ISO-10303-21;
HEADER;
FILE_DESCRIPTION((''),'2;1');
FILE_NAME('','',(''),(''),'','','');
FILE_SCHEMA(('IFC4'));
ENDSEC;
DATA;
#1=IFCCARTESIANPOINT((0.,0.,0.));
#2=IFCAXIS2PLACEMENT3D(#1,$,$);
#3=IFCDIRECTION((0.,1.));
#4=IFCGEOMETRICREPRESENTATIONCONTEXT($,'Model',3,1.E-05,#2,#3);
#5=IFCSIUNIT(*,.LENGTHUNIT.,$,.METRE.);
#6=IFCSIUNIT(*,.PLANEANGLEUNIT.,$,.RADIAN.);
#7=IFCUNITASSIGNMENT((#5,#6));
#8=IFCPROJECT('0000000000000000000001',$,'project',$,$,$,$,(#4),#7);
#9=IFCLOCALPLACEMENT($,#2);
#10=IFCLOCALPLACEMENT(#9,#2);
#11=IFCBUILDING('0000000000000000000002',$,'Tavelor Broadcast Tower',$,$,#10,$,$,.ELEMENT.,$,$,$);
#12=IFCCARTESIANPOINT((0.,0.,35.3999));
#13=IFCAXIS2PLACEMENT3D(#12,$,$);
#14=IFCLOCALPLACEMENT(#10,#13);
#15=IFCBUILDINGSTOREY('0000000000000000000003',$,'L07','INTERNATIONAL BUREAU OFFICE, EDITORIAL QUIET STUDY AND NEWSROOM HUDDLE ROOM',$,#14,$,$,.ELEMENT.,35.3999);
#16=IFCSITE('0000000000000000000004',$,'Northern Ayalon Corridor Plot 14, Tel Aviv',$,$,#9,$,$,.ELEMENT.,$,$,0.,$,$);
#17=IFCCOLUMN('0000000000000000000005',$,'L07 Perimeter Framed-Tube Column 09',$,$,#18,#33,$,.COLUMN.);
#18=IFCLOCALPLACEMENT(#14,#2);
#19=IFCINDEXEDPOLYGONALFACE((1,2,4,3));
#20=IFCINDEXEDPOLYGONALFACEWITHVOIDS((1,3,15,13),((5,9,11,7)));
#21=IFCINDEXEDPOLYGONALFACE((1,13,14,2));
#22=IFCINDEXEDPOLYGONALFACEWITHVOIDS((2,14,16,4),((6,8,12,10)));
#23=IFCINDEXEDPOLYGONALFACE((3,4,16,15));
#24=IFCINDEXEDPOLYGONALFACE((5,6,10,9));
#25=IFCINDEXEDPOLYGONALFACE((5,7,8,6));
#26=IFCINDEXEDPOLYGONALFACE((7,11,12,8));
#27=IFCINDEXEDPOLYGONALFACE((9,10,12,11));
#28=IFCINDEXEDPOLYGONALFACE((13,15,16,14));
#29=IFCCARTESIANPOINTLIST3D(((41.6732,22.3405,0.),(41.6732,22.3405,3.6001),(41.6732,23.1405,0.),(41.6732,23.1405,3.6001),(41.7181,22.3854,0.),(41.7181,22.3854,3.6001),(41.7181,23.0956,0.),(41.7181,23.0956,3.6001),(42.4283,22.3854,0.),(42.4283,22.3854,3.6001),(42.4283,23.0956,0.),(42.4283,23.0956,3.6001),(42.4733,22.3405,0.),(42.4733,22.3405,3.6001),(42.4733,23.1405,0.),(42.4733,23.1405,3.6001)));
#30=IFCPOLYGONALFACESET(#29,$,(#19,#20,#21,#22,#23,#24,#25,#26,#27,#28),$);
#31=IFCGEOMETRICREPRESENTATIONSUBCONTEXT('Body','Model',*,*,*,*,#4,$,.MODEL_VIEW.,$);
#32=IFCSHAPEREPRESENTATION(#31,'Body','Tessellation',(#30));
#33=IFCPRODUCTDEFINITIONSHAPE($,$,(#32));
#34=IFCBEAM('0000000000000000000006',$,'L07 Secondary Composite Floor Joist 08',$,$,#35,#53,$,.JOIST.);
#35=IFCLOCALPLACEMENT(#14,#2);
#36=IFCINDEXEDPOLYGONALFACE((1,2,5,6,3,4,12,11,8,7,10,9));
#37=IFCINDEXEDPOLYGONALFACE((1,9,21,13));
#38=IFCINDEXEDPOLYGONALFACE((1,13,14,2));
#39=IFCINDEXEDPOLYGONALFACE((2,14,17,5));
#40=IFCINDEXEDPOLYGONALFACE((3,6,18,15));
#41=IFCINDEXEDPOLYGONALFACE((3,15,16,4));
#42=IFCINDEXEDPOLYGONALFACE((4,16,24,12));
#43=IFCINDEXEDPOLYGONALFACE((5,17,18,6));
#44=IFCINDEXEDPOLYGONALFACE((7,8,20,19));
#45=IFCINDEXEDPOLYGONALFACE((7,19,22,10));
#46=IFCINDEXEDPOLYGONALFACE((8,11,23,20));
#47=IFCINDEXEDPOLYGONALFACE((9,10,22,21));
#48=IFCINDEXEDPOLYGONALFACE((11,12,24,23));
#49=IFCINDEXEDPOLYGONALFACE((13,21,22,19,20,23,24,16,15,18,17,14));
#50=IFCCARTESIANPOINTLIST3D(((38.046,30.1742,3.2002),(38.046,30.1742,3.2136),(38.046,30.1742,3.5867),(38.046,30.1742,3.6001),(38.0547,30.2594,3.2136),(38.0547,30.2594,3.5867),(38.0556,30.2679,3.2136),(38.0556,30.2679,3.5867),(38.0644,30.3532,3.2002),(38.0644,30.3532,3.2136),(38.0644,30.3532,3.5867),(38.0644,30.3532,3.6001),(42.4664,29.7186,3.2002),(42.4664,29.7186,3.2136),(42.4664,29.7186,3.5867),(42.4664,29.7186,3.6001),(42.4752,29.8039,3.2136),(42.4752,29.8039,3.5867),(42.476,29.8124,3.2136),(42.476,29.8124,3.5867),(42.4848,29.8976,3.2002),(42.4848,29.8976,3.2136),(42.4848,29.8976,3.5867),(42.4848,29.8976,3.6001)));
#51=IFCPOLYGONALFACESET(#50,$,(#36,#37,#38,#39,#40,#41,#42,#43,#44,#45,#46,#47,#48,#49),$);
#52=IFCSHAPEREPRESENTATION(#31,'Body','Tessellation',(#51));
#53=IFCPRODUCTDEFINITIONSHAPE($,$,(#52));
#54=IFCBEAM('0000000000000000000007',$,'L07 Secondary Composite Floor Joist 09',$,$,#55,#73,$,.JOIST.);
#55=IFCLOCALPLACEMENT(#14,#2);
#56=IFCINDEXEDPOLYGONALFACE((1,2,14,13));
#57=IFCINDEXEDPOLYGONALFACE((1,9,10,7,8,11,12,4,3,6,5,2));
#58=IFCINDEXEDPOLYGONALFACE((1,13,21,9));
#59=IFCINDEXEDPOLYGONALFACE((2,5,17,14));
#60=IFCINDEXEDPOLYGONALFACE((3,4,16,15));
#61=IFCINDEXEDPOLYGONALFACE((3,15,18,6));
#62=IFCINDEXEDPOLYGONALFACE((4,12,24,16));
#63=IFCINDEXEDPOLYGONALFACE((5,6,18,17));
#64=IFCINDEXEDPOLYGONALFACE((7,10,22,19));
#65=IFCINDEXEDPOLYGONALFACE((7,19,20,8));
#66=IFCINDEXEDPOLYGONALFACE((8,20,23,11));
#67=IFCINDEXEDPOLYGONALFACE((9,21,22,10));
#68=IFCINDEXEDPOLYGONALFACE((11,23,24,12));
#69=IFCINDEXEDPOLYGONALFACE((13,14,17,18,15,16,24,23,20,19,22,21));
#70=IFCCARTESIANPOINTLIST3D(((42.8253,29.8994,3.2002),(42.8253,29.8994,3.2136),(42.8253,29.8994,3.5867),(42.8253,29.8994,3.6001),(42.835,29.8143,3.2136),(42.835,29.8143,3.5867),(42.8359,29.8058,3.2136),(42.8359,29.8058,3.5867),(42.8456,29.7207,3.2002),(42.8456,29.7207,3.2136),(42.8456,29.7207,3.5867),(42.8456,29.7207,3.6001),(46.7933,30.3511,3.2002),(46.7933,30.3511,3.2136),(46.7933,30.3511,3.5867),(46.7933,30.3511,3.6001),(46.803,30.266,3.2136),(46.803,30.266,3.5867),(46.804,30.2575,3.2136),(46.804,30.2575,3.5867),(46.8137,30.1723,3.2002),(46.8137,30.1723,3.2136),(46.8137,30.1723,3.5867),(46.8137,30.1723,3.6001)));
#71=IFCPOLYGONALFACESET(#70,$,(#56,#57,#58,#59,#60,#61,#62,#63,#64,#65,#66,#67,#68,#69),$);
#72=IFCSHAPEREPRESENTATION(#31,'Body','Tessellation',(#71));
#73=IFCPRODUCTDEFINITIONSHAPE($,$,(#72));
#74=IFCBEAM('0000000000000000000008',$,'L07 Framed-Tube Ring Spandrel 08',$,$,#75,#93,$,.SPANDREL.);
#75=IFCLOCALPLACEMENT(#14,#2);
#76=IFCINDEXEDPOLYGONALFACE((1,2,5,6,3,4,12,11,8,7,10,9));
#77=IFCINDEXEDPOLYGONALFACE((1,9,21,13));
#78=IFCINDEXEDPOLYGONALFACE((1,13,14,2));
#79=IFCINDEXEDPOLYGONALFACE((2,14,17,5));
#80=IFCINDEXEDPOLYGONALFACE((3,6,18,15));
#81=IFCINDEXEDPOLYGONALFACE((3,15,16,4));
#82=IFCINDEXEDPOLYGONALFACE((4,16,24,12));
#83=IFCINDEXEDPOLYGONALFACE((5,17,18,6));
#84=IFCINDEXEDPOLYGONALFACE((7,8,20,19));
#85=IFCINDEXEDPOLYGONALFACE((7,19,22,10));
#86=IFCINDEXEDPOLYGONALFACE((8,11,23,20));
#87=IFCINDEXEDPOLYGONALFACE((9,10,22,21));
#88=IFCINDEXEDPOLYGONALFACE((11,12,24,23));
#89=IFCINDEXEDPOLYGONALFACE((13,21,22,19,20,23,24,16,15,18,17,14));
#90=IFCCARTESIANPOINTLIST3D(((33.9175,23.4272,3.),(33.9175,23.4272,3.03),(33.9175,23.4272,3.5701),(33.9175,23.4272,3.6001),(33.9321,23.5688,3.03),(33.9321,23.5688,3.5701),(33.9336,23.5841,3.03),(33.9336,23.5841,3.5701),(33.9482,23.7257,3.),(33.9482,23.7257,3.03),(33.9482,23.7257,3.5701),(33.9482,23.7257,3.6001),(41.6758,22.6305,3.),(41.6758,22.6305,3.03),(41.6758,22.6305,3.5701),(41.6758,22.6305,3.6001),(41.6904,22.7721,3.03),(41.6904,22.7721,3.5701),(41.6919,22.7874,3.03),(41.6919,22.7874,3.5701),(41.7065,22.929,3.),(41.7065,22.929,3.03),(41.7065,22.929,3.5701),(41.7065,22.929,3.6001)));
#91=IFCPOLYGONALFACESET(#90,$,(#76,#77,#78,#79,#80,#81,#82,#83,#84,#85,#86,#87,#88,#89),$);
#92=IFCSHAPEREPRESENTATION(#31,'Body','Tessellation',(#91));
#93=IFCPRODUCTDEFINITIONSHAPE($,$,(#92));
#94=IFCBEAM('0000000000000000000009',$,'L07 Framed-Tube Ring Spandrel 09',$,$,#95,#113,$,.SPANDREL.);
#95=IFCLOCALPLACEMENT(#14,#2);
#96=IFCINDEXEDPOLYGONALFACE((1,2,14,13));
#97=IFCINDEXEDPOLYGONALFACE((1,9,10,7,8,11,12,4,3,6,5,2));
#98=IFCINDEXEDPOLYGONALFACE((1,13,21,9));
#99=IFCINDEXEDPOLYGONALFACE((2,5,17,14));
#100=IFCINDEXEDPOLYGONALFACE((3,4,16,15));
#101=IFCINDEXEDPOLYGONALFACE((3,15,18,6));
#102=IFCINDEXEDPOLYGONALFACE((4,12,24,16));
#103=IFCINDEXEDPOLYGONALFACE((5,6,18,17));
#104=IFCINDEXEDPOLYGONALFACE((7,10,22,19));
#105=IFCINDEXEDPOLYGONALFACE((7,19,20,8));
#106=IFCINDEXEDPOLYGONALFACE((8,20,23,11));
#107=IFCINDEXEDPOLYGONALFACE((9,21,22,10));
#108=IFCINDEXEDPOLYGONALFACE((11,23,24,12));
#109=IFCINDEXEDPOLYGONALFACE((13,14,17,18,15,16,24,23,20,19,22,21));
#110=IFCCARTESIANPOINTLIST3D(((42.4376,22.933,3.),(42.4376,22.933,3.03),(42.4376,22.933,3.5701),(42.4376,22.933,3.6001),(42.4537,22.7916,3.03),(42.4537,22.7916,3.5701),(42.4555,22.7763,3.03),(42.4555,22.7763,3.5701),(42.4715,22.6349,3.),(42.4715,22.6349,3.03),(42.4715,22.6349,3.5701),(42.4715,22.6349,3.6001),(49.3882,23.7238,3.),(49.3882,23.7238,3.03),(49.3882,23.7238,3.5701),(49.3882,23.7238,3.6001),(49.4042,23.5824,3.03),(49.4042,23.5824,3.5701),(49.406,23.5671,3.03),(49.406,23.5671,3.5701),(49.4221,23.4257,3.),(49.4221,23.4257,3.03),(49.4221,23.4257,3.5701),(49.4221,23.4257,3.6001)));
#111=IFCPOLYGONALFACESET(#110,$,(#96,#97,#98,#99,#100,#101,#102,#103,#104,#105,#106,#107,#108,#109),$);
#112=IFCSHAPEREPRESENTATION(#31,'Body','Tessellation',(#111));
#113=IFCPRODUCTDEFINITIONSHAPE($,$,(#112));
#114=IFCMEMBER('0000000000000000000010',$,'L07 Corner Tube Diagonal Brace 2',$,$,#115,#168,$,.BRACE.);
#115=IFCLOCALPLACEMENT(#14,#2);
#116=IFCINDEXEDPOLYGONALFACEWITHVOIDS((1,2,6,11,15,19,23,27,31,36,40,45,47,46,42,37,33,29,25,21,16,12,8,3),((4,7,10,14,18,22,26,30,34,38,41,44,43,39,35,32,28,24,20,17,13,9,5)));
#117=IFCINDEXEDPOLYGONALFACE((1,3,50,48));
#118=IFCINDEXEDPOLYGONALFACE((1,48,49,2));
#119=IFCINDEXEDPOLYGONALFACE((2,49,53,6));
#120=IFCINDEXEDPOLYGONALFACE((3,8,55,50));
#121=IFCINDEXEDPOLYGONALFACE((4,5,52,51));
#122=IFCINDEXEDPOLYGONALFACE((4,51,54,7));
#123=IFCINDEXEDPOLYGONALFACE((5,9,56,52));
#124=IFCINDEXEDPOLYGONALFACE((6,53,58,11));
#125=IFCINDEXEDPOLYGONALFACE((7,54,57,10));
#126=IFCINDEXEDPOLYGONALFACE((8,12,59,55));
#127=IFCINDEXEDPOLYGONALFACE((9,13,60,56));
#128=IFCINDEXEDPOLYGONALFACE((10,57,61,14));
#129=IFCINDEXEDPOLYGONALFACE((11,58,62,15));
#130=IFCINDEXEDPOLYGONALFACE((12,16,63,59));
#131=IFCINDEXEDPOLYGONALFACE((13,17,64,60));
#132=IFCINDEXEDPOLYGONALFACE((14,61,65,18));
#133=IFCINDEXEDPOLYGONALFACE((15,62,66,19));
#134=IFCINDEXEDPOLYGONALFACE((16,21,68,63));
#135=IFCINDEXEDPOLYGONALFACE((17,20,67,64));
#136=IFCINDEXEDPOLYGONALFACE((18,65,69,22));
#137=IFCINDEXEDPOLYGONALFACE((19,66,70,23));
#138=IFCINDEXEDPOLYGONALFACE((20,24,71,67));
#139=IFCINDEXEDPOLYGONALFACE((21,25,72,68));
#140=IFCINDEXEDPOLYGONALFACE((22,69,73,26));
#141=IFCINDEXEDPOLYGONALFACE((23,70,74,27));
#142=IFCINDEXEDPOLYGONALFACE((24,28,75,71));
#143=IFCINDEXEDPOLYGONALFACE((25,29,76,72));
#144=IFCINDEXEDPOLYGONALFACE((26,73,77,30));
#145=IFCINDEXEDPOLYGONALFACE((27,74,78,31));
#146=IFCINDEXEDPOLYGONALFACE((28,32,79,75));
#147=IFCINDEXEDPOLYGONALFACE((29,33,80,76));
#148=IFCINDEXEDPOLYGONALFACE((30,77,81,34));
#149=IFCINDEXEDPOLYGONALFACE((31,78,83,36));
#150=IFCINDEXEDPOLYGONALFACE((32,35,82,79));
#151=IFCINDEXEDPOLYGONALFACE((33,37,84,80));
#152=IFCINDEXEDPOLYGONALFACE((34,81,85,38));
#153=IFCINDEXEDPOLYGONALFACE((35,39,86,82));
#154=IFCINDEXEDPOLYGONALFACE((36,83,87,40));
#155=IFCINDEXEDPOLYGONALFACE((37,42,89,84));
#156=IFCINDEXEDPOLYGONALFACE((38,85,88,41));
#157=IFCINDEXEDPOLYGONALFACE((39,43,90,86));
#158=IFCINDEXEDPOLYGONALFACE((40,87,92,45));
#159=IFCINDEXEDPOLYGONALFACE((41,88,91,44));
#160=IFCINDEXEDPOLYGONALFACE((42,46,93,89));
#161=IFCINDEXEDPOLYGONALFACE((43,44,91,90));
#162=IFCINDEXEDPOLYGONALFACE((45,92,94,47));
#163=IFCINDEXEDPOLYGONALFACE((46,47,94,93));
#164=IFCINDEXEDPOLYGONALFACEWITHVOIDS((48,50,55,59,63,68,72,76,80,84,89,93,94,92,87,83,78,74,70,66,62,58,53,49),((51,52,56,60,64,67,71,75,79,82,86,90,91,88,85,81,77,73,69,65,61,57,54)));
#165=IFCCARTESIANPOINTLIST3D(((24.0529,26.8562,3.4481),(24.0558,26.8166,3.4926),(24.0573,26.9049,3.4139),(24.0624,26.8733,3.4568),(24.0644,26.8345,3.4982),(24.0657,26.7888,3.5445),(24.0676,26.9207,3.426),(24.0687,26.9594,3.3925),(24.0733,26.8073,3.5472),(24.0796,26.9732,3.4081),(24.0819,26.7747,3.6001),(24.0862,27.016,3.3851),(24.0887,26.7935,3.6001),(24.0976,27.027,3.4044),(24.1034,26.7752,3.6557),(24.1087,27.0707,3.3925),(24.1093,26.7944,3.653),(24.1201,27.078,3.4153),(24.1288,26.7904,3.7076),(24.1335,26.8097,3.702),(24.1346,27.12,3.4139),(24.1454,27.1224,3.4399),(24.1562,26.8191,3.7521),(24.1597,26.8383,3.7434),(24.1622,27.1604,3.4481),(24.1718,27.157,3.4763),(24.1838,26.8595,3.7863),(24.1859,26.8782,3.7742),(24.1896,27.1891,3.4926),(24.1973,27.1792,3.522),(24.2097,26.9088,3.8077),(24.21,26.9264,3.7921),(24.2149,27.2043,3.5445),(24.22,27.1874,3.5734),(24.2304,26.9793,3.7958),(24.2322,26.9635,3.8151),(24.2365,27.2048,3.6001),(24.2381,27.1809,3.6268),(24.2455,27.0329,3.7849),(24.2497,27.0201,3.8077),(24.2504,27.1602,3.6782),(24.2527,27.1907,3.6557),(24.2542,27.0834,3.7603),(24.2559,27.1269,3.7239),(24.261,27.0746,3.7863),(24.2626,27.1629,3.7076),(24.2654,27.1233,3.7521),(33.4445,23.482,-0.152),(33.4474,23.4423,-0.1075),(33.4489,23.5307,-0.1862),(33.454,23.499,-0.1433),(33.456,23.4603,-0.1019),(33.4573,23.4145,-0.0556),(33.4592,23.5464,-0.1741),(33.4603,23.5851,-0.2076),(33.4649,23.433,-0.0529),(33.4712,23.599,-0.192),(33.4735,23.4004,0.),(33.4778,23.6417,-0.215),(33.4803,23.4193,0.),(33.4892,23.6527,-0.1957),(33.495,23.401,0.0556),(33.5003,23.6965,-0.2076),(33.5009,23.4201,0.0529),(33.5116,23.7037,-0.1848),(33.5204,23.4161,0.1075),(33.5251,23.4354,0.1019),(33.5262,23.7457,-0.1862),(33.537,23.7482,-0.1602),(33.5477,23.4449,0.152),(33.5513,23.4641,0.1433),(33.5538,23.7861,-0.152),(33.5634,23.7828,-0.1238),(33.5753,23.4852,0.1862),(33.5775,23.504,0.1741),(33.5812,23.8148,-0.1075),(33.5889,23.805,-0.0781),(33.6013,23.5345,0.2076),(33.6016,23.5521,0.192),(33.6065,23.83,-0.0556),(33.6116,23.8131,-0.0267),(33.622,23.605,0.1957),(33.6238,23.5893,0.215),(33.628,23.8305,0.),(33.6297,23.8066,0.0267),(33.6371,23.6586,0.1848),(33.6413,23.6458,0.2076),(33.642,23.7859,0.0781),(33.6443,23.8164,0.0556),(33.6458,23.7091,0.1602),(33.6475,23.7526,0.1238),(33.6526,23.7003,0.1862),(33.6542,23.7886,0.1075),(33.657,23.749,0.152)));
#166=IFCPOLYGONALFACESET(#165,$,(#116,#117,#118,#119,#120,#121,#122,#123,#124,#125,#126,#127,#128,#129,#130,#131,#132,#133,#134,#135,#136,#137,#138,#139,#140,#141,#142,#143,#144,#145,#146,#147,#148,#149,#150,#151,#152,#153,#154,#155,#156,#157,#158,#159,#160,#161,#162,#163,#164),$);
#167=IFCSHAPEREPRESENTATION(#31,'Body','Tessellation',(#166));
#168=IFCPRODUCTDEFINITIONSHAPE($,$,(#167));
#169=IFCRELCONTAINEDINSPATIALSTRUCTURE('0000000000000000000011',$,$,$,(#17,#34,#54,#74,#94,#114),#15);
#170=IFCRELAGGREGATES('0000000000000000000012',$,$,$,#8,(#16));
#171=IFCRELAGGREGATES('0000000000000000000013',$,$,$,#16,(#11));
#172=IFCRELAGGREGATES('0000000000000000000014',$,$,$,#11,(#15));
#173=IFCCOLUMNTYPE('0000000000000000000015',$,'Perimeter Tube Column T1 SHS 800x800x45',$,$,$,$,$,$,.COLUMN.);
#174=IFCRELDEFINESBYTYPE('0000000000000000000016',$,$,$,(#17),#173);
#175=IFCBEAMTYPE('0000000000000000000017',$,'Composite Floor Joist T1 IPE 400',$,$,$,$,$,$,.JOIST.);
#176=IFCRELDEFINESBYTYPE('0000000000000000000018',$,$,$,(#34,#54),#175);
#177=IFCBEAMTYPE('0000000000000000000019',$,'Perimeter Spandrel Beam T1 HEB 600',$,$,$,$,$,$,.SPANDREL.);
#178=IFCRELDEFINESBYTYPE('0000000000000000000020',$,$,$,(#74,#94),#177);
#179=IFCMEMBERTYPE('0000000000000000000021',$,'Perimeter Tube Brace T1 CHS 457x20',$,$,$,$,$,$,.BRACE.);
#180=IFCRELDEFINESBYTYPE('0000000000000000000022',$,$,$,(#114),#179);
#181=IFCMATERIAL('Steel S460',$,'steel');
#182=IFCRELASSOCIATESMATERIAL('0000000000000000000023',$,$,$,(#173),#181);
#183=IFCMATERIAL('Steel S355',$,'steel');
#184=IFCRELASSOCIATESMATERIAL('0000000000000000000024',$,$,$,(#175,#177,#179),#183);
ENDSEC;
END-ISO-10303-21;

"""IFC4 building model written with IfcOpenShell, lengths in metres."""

from ifc_helpers import new_model, si_unit, direction, frame, origin, origin_2d, place, context, subcontext, project, spatial, hollow_rectangle, hollow_circle, i_section, extrude, material, material_profile, profile_set, type_object, element, save


model = new_model("IFC4")

# Units and contexts
model_context = context("Model", 3, precision=1e-05, world=origin(), true_north=direction((0.0, 1.0)))
body_context = subcontext(model_context, "Body", "Model", "MODEL_VIEW")
ifc_project = project(units=[si_unit("LENGTHUNIT", "METRE"), si_unit("PLANEANGLEUNIT", "RADIAN")], contexts=[model_context])

# Site, building, storey
site_placement = place(None, origin())
site = spatial("IfcSite", under=ifc_project, at=site_placement, Name="Northern Ayalon Corridor Plot 14, Tel Aviv", CompositionType="ELEMENT", RefElevation=0.0)
building_placement = place(site_placement, origin())
building = spatial("IfcBuilding", under=site, at=building_placement, Name="Tavelor Broadcast Tower", CompositionType="ELEMENT")
storey_placement = place(building_placement, frame((0.0, 0.0, 35.3999)))
storey = spatial("IfcBuildingStorey", under=building, at=storey_placement, Name="L07", Description="INTERNATIONAL BUREAU OFFICE, EDITORIAL QUIET STUDY AND NEWSROOM HUDDLE ROOM", CompositionType="ELEMENT", Elevation=35.3999)

# Column
ifc_material_1 = material(Name="Steel S460", Category="steel")
ifc_material_profile_1 = material_profile(ifc_material_1, hollow_rectangle(XDim=0.8, YDim=0.8, WallThickness=0.0449, at=origin_2d()), Name="SHS 800x800x45")
ifc_profile_set_1 = profile_set([ifc_material_profile_1], Name="Steel S460")
column_type = type_object("IfcColumnType", Name="Perimeter Tube Column T1 SHS 800x800x45", PredefinedType="COLUMN", material=ifc_profile_set_1)
column_placement = place(storey_placement, frame((42.0732, 22.7405, 0.0), z_axis=(0.0, 0.0, 1.0), x_axis=(1.0, 0.0, 0.0)))
element("IfcColumn", 1, at=column_placement, inside=storey, type_object=column_type, Name="L07 Perimeter Framed-Tube Column 09", PredefinedType="COLUMN", context=body_context, shape_type="SweptSolid", body=[
    extrude(hollow_rectangle(XDim=0.8, YDim=0.8, WallThickness=0.0449, at=origin_2d()), origin(), (0.0, 0.0, 1.0), 3.6001),
])

# Beams
ifc_material_2 = material(Name="Steel S355", Category="steel")
ifc_material_profile_2 = material_profile(ifc_material_2, i_section(OverallWidth=0.1799, OverallDepth=0.3999, WebThickness=0.0085, FlangeThickness=0.0134, at=origin_2d()), Name="IPE 400")
ifc_profile_set_2 = profile_set([ifc_material_profile_2], Name="Steel S355")
beam_type_1 = type_object("IfcBeamType", Name="Composite Floor Joist T1 IPE 400", PredefinedType="JOIST", material=ifc_profile_set_2)
beam_1_placement = place(storey_placement, frame((38.0552, 30.2637, 3.4001), z_axis=(0.994731, -0.102517, 0.0), x_axis=(0.102517, 0.994731, 0.0)))
element("IfcBeam", 2, at=beam_1_placement, inside=storey, type_object=beam_type_1, Name="L07 Secondary Composite Floor Joist 08", PredefinedType="JOIST", context=body_context, shape_type="SweptSolid", body=[
    extrude(i_section(OverallWidth=0.1799, OverallDepth=0.3999, WebThickness=0.0085, FlangeThickness=0.0134, at=origin_2d()), origin(), (0.0, 0.0, 1.0), 4.4438),
])
beam_2_placement = place(storey_placement, frame((42.8354, 29.8101, 3.4001), z_axis=(0.993584, 0.113095, 0.0), x_axis=(-0.113095, 0.993584, 0.0)))
element("IfcBeam", 3, at=beam_2_placement, inside=storey, type_object=beam_type_1, Name="L07 Secondary Composite Floor Joist 09", PredefinedType="JOIST", context=body_context, shape_type="SweptSolid", body=[
    extrude(i_section(OverallWidth=0.1799, OverallDepth=0.3999, WebThickness=0.0085, FlangeThickness=0.0134, at=origin_2d()), origin(), (0.0, 0.0, 1.0), 3.9937),
])
ifc_material_profile_3 = material_profile(ifc_material_2, i_section(OverallWidth=0.3, OverallDepth=0.6001, WebThickness=0.0154, FlangeThickness=0.03, at=origin_2d()), Name="HEB 600")
ifc_profile_set_3 = profile_set([ifc_material_profile_3], Name="Steel S355")
beam_type_2 = type_object("IfcBeamType", Name="Perimeter Spandrel Beam T1 HEB 600", PredefinedType="SPANDREL", material=ifc_profile_set_3)
beam_3_placement = place(storey_placement, frame((33.9329, 23.5764, 3.3), z_axis=(0.99477, -0.102144, 0.0), x_axis=(0.102144, 0.99477, 0.0)))
element("IfcBeam", 4, at=beam_3_placement, inside=storey, type_object=beam_type_2, Name="L07 Framed-Tube Ring Spandrel 08", PredefinedType="SPANDREL", context=body_context, shape_type="SweptSolid", body=[
    extrude(i_section(OverallWidth=0.3, OverallDepth=0.6001, WebThickness=0.0154, FlangeThickness=0.03, at=origin_2d()), origin(), (0.0, 0.0, 1.0), 7.7991),
])
beam_4_placement = place(storey_placement, frame((42.4546, 22.7839, 3.3), z_axis=(0.99359, 0.113044, 0.0), x_axis=(-0.113044, 0.99359, 0.0)))
element("IfcBeam", 5, at=beam_4_placement, inside=storey, type_object=beam_type_2, Name="L07 Framed-Tube Ring Spandrel 09", PredefinedType="SPANDREL", context=body_context, shape_type="SweptSolid", body=[
    extrude(i_section(OverallWidth=0.3, OverallDepth=0.6001, WebThickness=0.0154, FlangeThickness=0.03, at=origin_2d()), origin(), (0.0, 0.0, 1.0), 6.9954),
])

# Member
ifc_material_profile_4 = material_profile(ifc_material_2, hollow_circle(Radius=0.2285, WallThickness=0.02, at=origin_2d()), Name="CHS 457x20")
ifc_profile_set_4 = profile_set([ifc_material_profile_4], Name="Steel S355")
member_type_1 = type_object("IfcMemberType", Name="Perimeter Tube Brace T1 CHS 457x20", PredefinedType="BRACE", material=ifc_profile_set_4)
member_1_placement = place(storey_placement, frame((33.5508, 23.6155, 0.0), z_axis=(-0.885258, 0.31806, 0.339347), x_axis=(-0.338124, -0.941101, 0.0)))
element("IfcMember", 6, at=member_1_placement, inside=storey, type_object=member_type_1, Name="L07 Corner Tube Diagonal Brace 2", PredefinedType="BRACE", context=body_context, shape_type="SweptSolid", body=[
    extrude(hollow_circle(Radius=0.2285, WallThickness=0.02, at=origin_2d()), origin(), (0.0, 0.0, 1.0), 10.6089),
])

save(model, "model.ifc")
